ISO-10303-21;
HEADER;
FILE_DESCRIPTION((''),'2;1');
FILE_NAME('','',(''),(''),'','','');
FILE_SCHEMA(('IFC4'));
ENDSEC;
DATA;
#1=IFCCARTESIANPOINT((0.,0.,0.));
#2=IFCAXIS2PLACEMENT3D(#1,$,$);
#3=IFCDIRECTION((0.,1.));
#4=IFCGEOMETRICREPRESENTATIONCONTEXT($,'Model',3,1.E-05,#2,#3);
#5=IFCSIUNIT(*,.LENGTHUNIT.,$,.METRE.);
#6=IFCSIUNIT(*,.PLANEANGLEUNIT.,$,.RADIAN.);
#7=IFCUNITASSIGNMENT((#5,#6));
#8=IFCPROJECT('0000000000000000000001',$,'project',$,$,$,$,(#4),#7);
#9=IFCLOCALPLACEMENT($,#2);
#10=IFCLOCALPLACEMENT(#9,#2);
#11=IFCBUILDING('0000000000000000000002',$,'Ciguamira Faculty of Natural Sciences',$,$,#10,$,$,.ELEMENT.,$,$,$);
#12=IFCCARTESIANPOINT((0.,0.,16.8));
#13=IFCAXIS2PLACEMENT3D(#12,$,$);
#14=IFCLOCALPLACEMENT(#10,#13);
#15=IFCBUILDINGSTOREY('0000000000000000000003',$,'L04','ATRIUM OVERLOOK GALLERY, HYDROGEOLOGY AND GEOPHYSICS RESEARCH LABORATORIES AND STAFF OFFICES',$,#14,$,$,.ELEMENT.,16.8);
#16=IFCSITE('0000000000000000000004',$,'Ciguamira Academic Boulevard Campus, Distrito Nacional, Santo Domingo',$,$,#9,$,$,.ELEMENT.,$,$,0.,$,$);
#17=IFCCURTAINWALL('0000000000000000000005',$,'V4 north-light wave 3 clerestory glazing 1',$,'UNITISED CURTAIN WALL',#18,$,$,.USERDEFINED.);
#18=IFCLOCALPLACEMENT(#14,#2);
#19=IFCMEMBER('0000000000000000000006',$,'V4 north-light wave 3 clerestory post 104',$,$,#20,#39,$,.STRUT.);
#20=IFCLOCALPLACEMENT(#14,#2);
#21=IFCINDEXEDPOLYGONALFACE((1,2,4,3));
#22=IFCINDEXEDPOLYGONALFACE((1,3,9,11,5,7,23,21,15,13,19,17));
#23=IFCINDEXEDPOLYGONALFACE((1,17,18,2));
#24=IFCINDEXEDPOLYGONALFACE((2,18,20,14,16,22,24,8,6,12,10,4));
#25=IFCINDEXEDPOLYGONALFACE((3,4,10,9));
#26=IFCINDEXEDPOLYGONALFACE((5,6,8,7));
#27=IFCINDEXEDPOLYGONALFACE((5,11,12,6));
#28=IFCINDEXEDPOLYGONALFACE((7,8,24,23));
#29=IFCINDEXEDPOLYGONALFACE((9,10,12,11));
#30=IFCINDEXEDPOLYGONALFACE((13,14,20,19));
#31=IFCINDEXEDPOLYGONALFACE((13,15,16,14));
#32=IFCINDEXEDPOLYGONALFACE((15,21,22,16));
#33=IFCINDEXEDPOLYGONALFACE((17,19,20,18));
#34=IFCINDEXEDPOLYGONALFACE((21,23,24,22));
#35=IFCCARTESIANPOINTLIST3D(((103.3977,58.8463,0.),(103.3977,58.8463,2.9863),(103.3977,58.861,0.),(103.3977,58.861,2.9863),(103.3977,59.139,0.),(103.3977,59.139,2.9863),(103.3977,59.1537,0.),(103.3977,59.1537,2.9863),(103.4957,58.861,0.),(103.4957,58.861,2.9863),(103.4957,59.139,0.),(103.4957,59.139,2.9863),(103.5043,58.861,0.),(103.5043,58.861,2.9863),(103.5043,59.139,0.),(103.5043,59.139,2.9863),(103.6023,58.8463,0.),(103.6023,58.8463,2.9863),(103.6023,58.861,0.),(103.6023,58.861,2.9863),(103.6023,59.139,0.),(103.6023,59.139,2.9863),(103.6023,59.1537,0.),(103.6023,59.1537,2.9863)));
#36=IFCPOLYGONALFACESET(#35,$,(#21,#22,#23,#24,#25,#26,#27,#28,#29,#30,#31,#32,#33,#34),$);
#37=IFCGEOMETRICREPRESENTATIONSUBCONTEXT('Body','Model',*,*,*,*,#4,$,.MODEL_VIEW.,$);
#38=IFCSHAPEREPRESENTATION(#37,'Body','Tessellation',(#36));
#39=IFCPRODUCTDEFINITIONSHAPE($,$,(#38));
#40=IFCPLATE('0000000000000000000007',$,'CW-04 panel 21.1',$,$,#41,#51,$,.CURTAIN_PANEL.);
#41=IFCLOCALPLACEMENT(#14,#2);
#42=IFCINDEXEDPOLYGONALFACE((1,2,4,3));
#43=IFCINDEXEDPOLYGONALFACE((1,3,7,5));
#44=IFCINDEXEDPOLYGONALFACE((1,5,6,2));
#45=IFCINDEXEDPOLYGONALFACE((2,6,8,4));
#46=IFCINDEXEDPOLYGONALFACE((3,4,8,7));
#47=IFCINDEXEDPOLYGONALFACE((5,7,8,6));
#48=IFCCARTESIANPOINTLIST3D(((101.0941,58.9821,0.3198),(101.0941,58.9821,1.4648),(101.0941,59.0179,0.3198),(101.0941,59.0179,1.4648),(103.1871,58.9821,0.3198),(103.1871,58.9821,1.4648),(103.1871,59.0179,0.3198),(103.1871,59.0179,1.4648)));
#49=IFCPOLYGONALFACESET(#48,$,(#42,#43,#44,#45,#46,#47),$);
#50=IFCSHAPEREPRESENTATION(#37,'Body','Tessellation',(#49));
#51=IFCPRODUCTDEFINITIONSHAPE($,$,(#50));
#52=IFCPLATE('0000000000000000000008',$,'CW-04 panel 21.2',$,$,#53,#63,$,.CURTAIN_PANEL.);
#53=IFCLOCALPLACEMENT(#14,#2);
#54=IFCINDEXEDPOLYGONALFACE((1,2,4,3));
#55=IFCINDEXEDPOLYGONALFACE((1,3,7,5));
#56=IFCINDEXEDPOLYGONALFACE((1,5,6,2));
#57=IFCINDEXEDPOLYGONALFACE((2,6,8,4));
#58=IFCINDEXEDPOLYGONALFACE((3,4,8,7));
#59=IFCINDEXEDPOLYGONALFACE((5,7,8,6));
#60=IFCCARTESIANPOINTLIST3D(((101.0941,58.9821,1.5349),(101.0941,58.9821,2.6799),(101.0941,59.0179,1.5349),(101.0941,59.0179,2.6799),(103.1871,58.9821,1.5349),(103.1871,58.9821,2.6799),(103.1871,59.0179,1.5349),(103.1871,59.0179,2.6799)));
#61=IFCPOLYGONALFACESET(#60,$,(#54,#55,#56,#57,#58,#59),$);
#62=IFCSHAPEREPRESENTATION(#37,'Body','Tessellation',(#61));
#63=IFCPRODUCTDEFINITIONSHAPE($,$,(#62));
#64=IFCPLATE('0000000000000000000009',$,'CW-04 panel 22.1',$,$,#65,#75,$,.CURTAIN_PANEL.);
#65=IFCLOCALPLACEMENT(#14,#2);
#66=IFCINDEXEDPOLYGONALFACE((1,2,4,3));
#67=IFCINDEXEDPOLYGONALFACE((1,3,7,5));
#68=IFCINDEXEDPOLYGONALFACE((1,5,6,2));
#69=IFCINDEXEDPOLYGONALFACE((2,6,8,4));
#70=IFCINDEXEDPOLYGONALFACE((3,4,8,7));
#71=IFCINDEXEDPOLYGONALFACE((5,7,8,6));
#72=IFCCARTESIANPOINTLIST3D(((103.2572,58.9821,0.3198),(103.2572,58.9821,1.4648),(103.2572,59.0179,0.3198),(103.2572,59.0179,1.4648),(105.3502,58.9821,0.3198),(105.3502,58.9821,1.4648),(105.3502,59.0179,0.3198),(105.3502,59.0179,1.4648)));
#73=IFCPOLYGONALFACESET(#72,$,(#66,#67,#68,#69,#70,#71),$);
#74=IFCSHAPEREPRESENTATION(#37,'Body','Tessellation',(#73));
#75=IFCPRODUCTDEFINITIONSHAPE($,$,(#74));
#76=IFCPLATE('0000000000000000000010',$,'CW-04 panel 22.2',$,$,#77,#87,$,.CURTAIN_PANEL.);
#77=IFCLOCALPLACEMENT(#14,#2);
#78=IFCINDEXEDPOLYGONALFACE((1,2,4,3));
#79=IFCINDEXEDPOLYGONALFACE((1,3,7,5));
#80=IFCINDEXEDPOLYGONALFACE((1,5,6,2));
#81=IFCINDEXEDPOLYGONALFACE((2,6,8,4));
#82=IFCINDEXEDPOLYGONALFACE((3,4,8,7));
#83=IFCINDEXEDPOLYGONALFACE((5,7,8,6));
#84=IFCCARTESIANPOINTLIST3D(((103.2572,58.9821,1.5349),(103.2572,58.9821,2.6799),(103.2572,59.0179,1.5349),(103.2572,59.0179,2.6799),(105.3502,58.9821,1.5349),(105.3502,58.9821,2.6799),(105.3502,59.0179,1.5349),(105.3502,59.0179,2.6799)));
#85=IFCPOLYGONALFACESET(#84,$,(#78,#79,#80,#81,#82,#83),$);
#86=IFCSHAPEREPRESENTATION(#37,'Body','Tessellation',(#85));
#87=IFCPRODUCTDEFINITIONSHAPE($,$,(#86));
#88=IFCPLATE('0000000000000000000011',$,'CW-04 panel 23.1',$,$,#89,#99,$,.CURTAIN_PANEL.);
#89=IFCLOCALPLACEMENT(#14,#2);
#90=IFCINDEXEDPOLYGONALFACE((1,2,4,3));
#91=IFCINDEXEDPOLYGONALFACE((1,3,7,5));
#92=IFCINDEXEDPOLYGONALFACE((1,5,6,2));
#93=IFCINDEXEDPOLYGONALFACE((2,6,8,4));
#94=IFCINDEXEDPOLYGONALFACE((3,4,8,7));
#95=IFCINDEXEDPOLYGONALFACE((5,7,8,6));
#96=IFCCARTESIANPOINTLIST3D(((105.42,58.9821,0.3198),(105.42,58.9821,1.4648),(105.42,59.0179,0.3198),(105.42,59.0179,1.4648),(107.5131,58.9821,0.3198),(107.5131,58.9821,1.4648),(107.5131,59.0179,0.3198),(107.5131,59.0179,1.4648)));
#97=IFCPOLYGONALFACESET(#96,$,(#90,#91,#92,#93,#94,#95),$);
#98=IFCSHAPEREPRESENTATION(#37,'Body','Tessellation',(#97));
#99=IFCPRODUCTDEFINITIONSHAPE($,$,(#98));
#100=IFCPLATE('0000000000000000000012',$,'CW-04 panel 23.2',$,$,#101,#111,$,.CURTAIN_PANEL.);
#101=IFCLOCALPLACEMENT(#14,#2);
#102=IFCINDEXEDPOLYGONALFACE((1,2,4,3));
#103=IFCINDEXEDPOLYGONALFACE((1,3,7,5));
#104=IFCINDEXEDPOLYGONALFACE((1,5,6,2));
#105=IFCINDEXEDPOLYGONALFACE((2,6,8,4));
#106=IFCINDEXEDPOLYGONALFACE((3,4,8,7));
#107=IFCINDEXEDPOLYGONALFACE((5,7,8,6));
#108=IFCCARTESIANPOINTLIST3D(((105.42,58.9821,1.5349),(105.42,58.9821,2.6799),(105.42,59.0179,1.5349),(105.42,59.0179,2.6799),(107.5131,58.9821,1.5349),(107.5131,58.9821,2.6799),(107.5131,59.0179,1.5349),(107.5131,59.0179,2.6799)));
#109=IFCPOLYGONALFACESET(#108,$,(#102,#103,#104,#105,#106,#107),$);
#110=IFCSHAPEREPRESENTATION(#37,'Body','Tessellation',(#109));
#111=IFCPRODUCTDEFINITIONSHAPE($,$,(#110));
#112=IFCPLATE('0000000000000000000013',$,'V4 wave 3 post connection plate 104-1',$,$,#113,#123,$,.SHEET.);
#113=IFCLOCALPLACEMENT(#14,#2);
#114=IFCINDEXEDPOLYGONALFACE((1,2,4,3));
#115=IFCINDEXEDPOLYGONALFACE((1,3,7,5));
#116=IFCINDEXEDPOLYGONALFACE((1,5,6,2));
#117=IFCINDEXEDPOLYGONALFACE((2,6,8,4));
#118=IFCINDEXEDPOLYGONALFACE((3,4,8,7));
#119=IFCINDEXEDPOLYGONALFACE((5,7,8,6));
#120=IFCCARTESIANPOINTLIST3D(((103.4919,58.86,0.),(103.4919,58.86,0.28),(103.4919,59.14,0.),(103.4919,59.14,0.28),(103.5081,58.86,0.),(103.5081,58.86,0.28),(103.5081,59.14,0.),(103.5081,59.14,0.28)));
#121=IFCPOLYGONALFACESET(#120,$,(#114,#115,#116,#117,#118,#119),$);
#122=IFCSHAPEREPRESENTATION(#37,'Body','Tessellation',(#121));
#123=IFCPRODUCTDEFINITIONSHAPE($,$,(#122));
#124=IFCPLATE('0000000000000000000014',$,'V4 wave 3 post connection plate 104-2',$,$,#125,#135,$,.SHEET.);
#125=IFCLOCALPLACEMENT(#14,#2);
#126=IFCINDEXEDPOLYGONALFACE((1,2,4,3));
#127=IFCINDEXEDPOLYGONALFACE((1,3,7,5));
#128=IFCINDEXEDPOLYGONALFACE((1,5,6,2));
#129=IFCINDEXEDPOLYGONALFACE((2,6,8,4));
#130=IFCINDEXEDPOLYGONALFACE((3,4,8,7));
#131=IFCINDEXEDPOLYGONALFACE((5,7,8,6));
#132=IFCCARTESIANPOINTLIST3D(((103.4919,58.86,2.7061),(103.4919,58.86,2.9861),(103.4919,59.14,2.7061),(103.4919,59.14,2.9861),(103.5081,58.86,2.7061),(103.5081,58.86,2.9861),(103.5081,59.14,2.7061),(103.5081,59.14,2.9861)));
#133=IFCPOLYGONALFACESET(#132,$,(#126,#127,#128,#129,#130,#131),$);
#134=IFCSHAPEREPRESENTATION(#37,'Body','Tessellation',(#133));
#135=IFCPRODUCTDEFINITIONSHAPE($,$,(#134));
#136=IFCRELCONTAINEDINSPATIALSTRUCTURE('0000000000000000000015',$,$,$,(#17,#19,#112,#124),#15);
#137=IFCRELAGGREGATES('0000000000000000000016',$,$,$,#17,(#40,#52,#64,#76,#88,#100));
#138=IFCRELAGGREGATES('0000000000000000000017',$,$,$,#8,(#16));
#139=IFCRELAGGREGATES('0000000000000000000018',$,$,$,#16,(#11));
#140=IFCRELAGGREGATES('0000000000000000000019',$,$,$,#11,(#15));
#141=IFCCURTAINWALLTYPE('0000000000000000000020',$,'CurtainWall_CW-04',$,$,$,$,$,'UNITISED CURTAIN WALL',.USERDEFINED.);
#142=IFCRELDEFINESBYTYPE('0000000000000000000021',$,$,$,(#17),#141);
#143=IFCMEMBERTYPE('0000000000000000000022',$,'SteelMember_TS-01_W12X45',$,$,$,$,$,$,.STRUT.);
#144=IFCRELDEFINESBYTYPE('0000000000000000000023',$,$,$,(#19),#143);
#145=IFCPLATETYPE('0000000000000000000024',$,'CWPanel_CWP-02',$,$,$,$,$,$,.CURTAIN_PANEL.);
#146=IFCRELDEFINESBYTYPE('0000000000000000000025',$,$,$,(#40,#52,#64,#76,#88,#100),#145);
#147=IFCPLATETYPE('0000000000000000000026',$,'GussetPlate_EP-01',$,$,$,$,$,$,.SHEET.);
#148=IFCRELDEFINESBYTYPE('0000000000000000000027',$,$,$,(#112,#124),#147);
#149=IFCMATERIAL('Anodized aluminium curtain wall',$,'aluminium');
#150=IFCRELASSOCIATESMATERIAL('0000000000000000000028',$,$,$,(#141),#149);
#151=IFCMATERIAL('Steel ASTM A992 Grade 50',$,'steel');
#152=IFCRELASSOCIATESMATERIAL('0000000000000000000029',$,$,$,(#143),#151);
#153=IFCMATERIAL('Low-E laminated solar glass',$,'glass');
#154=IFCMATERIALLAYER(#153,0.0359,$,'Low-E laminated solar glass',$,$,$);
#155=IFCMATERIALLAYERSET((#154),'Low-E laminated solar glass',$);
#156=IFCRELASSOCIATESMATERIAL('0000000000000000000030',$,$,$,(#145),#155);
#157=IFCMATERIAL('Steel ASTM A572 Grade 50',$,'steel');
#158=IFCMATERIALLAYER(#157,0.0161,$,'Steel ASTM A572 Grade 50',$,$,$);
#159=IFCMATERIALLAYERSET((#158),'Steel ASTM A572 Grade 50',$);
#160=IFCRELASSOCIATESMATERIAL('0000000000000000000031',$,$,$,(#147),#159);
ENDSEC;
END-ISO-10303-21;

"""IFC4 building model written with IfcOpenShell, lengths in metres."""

from ifc_helpers import new_model, si_unit, direction, frame, origin, origin_2d, place, context, subcontext, project, spatial, rectangle, i_section, extrude, material, layer, layer_set, material_profile, profile_set, type_object, element, aggregate, save


model = new_model("IFC4")

# Units and contexts
model_context = context("Model", 3, precision=1e-05, world=origin(), true_north=direction((0.0, 1.0)))
body_context = subcontext(model_context, "Body", "Model", "MODEL_VIEW")
ifc_project = project(units=[si_unit("LENGTHUNIT", "METRE"), si_unit("PLANEANGLEUNIT", "RADIAN")], contexts=[model_context])

# Site, building, storey
site_placement = place(None, origin())
site = spatial("IfcSite", under=ifc_project, at=site_placement, Name="Ciguamira Academic Boulevard Campus, Distrito Nacional, Santo Domingo", CompositionType="ELEMENT", RefElevation=0.0)
building_placement = place(site_placement, origin())
building = spatial("IfcBuilding", under=site, at=building_placement, Name="Ciguamira Faculty of Natural Sciences", CompositionType="ELEMENT")
storey_placement = place(building_placement, frame((0.0, 0.0, 16.8)))
storey = spatial("IfcBuildingStorey", under=building, at=storey_placement, Name="L04", Description="ATRIUM OVERLOOK GALLERY, HYDROGEOLOGY AND GEOPHYSICS RESEARCH LABORATORIES AND STAFF OFFICES", CompositionType="ELEMENT", Elevation=16.8)

# Curtain wall
ifc_material_1 = material(Name="Anodized aluminium curtain wall", Category="aluminium")
curtain_wall_type = type_object("IfcCurtainWallType", Name="CurtainWall_CW-04", ElementType="UNITISED CURTAIN WALL", PredefinedType="USERDEFINED", material=ifc_material_1)
curtain_wall_placement = place(storey_placement, origin())
curtain_wall = element("IfcCurtainWall", 1, at=curtain_wall_placement, inside=storey, type_object=curtain_wall_type, Name="V4 north-light wave 3 clerestory glazing 1", ObjectType="UNITISED CURTAIN WALL", PredefinedType="USERDEFINED")

# Member
ifc_material_2 = material(Name="Steel ASTM A992 Grade 50", Category="steel")
ifc_material_profile_1 = material_profile(ifc_material_2, i_section(OverallWidth=0.2046, OverallDepth=0.3074, WebThickness=0.0085, FlangeThickness=0.0146, at=origin_2d()), Name="W12X45")
ifc_profile_set_1 = profile_set([ifc_material_profile_1], Name="Steel ASTM A992 Grade 50")
member_type_1 = type_object("IfcMemberType", Name="SteelMember_TS-01_W12X45", PredefinedType="STRUT", material=ifc_profile_set_1)
member_1_placement = place(storey_placement, frame((103.5, 59.0, 0.0), z_axis=(0.0, 0.0, 1.0), x_axis=(1.0, 0.0, 0.0)))
element("IfcMember", 2, at=member_1_placement, inside=storey, type_object=member_type_1, Name="V4 north-light wave 3 clerestory post 104", PredefinedType="STRUT", context=body_context, shape_type="SweptSolid", body=[
    extrude(i_section(OverallWidth=0.2046, OverallDepth=0.3074, WebThickness=0.0085, FlangeThickness=0.0146, at=origin_2d()), origin(), (0.0, 0.0, 1.0), 2.9863),
])

# Plates
ifc_material_3 = material(Name="Low-E laminated solar glass", Category="glass")
ifc_layer_1 = layer(ifc_material_3, 0.0359, Name="Low-E laminated solar glass")
ifc_layer_set_1 = layer_set([ifc_layer_1], Name="Low-E laminated solar glass")
plate_type_1 = type_object("IfcPlateType", Name="CWPanel_CWP-02", PredefinedType="CURTAIN_PANEL", material=ifc_layer_set_1)
plate_1_placement = place(storey_placement, frame((102.1406, 59.0, 0.3198), z_axis=(0.0, 0.0, 1.0), x_axis=(1.0, 0.0, 0.0)))
plate_1 = element("IfcPlate", 3, at=plate_1_placement, type_object=plate_type_1, Name="CW-04 panel 21.1", PredefinedType="CURTAIN_PANEL", context=body_context, shape_type="SweptSolid", body=[
    extrude(rectangle(XDim=2.093, YDim=0.0359, at=origin_2d()), origin(), (0.0, 0.0, 1.0), 1.145),
])
plate_2_placement = place(storey_placement, frame((102.1406, 59.0, 1.5349), z_axis=(0.0, 0.0, 1.0), x_axis=(1.0, 0.0, 0.0)))
plate_2 = element("IfcPlate", 4, at=plate_2_placement, type_object=plate_type_1, Name="CW-04 panel 21.2", PredefinedType="CURTAIN_PANEL", context=body_context, shape_type="SweptSolid", body=[
    extrude(rectangle(XDim=2.093, YDim=0.0359, at=origin_2d()), origin(), (0.0, 0.0, 1.0), 1.145),
])
plate_3_placement = place(storey_placement, frame((104.3037, 59.0, 0.3198), z_axis=(0.0, 0.0, 1.0), x_axis=(1.0, 0.0, 0.0)))
plate_3 = element("IfcPlate", 5, at=plate_3_placement, type_object=plate_type_1, Name="CW-04 panel 22.1", PredefinedType="CURTAIN_PANEL", context=body_context, shape_type="SweptSolid", body=[
    extrude(rectangle(XDim=2.093, YDim=0.0359, at=origin_2d()), origin(), (0.0, 0.0, 1.0), 1.145),
])
plate_4_placement = place(storey_placement, frame((104.3037, 59.0, 1.5349), z_axis=(0.0, 0.0, 1.0), x_axis=(1.0, 0.0, 0.0)))
plate_4 = element("IfcPlate", 6, at=plate_4_placement, type_object=plate_type_1, Name="CW-04 panel 22.2", PredefinedType="CURTAIN_PANEL", context=body_context, shape_type="SweptSolid", body=[
    extrude(rectangle(XDim=2.093, YDim=0.0359, at=origin_2d()), origin(), (0.0, 0.0, 1.0), 1.145),
])
plate_5_placement = place(storey_placement, frame((106.4666, 59.0, 0.3198), z_axis=(0.0, 0.0, 1.0), x_axis=(1.0, 0.0, 0.0)))
plate_5 = element("IfcPlate", 7, at=plate_5_placement, type_object=plate_type_1, Name="CW-04 panel 23.1", PredefinedType="CURTAIN_PANEL", context=body_context, shape_type="SweptSolid", body=[
    extrude(rectangle(XDim=2.093, YDim=0.0359, at=origin_2d()), origin(), (0.0, 0.0, 1.0), 1.145),
])
plate_6_placement = place(storey_placement, frame((106.4666, 59.0, 1.5349), z_axis=(0.0, 0.0, 1.0), x_axis=(1.0, 0.0, 0.0)))
plate_6 = element("IfcPlate", 8, at=plate_6_placement, type_object=plate_type_1, Name="CW-04 panel 23.2", PredefinedType="CURTAIN_PANEL", context=body_context, shape_type="SweptSolid", body=[
    extrude(rectangle(XDim=2.093, YDim=0.0359, at=origin_2d()), origin(), (0.0, 0.0, 1.0), 1.145),
])
aggregate(curtain_wall, [plate_1, plate_2, plate_3, plate_4, plate_5, plate_6])

# Plates
ifc_material_4 = material(Name="Steel ASTM A572 Grade 50", Category="steel")
ifc_layer_2 = layer(ifc_material_4, 0.0161, Name="Steel ASTM A572 Grade 50")
ifc_layer_set_2 = layer_set([ifc_layer_2], Name="Steel ASTM A572 Grade 50")
plate_type_2 = type_object("IfcPlateType", Name="GussetPlate_EP-01", PredefinedType="SHEET", material=ifc_layer_set_2)
for number, where, z_axis, x_axis, name in (
    (9, (103.5, 59.0, 0.0), (0.0, 0.0, 1.0), (1.0, 0.0, 0.0), "V4 wave 3 post connection plate 104-1"),
    (10, (103.5, 59.0, 2.7061), (0.0, 0.0, 1.0), (1.0, 0.0, 0.0), "V4 wave 3 post connection plate 104-2"),
):
    element("IfcPlate", number, at=place(storey_placement, frame(where, z_axis=z_axis, x_axis=x_axis)), inside=storey, type_object=plate_type_2, Name=name, PredefinedType="SHEET", context=body_context, shape_type="SweptSolid", body=[
        extrude(rectangle(XDim=0.0161, YDim=0.28, at=origin_2d()), origin(), (0.0, 0.0, 1.0), 0.28),
    ])

save(model, "model.ifc")
